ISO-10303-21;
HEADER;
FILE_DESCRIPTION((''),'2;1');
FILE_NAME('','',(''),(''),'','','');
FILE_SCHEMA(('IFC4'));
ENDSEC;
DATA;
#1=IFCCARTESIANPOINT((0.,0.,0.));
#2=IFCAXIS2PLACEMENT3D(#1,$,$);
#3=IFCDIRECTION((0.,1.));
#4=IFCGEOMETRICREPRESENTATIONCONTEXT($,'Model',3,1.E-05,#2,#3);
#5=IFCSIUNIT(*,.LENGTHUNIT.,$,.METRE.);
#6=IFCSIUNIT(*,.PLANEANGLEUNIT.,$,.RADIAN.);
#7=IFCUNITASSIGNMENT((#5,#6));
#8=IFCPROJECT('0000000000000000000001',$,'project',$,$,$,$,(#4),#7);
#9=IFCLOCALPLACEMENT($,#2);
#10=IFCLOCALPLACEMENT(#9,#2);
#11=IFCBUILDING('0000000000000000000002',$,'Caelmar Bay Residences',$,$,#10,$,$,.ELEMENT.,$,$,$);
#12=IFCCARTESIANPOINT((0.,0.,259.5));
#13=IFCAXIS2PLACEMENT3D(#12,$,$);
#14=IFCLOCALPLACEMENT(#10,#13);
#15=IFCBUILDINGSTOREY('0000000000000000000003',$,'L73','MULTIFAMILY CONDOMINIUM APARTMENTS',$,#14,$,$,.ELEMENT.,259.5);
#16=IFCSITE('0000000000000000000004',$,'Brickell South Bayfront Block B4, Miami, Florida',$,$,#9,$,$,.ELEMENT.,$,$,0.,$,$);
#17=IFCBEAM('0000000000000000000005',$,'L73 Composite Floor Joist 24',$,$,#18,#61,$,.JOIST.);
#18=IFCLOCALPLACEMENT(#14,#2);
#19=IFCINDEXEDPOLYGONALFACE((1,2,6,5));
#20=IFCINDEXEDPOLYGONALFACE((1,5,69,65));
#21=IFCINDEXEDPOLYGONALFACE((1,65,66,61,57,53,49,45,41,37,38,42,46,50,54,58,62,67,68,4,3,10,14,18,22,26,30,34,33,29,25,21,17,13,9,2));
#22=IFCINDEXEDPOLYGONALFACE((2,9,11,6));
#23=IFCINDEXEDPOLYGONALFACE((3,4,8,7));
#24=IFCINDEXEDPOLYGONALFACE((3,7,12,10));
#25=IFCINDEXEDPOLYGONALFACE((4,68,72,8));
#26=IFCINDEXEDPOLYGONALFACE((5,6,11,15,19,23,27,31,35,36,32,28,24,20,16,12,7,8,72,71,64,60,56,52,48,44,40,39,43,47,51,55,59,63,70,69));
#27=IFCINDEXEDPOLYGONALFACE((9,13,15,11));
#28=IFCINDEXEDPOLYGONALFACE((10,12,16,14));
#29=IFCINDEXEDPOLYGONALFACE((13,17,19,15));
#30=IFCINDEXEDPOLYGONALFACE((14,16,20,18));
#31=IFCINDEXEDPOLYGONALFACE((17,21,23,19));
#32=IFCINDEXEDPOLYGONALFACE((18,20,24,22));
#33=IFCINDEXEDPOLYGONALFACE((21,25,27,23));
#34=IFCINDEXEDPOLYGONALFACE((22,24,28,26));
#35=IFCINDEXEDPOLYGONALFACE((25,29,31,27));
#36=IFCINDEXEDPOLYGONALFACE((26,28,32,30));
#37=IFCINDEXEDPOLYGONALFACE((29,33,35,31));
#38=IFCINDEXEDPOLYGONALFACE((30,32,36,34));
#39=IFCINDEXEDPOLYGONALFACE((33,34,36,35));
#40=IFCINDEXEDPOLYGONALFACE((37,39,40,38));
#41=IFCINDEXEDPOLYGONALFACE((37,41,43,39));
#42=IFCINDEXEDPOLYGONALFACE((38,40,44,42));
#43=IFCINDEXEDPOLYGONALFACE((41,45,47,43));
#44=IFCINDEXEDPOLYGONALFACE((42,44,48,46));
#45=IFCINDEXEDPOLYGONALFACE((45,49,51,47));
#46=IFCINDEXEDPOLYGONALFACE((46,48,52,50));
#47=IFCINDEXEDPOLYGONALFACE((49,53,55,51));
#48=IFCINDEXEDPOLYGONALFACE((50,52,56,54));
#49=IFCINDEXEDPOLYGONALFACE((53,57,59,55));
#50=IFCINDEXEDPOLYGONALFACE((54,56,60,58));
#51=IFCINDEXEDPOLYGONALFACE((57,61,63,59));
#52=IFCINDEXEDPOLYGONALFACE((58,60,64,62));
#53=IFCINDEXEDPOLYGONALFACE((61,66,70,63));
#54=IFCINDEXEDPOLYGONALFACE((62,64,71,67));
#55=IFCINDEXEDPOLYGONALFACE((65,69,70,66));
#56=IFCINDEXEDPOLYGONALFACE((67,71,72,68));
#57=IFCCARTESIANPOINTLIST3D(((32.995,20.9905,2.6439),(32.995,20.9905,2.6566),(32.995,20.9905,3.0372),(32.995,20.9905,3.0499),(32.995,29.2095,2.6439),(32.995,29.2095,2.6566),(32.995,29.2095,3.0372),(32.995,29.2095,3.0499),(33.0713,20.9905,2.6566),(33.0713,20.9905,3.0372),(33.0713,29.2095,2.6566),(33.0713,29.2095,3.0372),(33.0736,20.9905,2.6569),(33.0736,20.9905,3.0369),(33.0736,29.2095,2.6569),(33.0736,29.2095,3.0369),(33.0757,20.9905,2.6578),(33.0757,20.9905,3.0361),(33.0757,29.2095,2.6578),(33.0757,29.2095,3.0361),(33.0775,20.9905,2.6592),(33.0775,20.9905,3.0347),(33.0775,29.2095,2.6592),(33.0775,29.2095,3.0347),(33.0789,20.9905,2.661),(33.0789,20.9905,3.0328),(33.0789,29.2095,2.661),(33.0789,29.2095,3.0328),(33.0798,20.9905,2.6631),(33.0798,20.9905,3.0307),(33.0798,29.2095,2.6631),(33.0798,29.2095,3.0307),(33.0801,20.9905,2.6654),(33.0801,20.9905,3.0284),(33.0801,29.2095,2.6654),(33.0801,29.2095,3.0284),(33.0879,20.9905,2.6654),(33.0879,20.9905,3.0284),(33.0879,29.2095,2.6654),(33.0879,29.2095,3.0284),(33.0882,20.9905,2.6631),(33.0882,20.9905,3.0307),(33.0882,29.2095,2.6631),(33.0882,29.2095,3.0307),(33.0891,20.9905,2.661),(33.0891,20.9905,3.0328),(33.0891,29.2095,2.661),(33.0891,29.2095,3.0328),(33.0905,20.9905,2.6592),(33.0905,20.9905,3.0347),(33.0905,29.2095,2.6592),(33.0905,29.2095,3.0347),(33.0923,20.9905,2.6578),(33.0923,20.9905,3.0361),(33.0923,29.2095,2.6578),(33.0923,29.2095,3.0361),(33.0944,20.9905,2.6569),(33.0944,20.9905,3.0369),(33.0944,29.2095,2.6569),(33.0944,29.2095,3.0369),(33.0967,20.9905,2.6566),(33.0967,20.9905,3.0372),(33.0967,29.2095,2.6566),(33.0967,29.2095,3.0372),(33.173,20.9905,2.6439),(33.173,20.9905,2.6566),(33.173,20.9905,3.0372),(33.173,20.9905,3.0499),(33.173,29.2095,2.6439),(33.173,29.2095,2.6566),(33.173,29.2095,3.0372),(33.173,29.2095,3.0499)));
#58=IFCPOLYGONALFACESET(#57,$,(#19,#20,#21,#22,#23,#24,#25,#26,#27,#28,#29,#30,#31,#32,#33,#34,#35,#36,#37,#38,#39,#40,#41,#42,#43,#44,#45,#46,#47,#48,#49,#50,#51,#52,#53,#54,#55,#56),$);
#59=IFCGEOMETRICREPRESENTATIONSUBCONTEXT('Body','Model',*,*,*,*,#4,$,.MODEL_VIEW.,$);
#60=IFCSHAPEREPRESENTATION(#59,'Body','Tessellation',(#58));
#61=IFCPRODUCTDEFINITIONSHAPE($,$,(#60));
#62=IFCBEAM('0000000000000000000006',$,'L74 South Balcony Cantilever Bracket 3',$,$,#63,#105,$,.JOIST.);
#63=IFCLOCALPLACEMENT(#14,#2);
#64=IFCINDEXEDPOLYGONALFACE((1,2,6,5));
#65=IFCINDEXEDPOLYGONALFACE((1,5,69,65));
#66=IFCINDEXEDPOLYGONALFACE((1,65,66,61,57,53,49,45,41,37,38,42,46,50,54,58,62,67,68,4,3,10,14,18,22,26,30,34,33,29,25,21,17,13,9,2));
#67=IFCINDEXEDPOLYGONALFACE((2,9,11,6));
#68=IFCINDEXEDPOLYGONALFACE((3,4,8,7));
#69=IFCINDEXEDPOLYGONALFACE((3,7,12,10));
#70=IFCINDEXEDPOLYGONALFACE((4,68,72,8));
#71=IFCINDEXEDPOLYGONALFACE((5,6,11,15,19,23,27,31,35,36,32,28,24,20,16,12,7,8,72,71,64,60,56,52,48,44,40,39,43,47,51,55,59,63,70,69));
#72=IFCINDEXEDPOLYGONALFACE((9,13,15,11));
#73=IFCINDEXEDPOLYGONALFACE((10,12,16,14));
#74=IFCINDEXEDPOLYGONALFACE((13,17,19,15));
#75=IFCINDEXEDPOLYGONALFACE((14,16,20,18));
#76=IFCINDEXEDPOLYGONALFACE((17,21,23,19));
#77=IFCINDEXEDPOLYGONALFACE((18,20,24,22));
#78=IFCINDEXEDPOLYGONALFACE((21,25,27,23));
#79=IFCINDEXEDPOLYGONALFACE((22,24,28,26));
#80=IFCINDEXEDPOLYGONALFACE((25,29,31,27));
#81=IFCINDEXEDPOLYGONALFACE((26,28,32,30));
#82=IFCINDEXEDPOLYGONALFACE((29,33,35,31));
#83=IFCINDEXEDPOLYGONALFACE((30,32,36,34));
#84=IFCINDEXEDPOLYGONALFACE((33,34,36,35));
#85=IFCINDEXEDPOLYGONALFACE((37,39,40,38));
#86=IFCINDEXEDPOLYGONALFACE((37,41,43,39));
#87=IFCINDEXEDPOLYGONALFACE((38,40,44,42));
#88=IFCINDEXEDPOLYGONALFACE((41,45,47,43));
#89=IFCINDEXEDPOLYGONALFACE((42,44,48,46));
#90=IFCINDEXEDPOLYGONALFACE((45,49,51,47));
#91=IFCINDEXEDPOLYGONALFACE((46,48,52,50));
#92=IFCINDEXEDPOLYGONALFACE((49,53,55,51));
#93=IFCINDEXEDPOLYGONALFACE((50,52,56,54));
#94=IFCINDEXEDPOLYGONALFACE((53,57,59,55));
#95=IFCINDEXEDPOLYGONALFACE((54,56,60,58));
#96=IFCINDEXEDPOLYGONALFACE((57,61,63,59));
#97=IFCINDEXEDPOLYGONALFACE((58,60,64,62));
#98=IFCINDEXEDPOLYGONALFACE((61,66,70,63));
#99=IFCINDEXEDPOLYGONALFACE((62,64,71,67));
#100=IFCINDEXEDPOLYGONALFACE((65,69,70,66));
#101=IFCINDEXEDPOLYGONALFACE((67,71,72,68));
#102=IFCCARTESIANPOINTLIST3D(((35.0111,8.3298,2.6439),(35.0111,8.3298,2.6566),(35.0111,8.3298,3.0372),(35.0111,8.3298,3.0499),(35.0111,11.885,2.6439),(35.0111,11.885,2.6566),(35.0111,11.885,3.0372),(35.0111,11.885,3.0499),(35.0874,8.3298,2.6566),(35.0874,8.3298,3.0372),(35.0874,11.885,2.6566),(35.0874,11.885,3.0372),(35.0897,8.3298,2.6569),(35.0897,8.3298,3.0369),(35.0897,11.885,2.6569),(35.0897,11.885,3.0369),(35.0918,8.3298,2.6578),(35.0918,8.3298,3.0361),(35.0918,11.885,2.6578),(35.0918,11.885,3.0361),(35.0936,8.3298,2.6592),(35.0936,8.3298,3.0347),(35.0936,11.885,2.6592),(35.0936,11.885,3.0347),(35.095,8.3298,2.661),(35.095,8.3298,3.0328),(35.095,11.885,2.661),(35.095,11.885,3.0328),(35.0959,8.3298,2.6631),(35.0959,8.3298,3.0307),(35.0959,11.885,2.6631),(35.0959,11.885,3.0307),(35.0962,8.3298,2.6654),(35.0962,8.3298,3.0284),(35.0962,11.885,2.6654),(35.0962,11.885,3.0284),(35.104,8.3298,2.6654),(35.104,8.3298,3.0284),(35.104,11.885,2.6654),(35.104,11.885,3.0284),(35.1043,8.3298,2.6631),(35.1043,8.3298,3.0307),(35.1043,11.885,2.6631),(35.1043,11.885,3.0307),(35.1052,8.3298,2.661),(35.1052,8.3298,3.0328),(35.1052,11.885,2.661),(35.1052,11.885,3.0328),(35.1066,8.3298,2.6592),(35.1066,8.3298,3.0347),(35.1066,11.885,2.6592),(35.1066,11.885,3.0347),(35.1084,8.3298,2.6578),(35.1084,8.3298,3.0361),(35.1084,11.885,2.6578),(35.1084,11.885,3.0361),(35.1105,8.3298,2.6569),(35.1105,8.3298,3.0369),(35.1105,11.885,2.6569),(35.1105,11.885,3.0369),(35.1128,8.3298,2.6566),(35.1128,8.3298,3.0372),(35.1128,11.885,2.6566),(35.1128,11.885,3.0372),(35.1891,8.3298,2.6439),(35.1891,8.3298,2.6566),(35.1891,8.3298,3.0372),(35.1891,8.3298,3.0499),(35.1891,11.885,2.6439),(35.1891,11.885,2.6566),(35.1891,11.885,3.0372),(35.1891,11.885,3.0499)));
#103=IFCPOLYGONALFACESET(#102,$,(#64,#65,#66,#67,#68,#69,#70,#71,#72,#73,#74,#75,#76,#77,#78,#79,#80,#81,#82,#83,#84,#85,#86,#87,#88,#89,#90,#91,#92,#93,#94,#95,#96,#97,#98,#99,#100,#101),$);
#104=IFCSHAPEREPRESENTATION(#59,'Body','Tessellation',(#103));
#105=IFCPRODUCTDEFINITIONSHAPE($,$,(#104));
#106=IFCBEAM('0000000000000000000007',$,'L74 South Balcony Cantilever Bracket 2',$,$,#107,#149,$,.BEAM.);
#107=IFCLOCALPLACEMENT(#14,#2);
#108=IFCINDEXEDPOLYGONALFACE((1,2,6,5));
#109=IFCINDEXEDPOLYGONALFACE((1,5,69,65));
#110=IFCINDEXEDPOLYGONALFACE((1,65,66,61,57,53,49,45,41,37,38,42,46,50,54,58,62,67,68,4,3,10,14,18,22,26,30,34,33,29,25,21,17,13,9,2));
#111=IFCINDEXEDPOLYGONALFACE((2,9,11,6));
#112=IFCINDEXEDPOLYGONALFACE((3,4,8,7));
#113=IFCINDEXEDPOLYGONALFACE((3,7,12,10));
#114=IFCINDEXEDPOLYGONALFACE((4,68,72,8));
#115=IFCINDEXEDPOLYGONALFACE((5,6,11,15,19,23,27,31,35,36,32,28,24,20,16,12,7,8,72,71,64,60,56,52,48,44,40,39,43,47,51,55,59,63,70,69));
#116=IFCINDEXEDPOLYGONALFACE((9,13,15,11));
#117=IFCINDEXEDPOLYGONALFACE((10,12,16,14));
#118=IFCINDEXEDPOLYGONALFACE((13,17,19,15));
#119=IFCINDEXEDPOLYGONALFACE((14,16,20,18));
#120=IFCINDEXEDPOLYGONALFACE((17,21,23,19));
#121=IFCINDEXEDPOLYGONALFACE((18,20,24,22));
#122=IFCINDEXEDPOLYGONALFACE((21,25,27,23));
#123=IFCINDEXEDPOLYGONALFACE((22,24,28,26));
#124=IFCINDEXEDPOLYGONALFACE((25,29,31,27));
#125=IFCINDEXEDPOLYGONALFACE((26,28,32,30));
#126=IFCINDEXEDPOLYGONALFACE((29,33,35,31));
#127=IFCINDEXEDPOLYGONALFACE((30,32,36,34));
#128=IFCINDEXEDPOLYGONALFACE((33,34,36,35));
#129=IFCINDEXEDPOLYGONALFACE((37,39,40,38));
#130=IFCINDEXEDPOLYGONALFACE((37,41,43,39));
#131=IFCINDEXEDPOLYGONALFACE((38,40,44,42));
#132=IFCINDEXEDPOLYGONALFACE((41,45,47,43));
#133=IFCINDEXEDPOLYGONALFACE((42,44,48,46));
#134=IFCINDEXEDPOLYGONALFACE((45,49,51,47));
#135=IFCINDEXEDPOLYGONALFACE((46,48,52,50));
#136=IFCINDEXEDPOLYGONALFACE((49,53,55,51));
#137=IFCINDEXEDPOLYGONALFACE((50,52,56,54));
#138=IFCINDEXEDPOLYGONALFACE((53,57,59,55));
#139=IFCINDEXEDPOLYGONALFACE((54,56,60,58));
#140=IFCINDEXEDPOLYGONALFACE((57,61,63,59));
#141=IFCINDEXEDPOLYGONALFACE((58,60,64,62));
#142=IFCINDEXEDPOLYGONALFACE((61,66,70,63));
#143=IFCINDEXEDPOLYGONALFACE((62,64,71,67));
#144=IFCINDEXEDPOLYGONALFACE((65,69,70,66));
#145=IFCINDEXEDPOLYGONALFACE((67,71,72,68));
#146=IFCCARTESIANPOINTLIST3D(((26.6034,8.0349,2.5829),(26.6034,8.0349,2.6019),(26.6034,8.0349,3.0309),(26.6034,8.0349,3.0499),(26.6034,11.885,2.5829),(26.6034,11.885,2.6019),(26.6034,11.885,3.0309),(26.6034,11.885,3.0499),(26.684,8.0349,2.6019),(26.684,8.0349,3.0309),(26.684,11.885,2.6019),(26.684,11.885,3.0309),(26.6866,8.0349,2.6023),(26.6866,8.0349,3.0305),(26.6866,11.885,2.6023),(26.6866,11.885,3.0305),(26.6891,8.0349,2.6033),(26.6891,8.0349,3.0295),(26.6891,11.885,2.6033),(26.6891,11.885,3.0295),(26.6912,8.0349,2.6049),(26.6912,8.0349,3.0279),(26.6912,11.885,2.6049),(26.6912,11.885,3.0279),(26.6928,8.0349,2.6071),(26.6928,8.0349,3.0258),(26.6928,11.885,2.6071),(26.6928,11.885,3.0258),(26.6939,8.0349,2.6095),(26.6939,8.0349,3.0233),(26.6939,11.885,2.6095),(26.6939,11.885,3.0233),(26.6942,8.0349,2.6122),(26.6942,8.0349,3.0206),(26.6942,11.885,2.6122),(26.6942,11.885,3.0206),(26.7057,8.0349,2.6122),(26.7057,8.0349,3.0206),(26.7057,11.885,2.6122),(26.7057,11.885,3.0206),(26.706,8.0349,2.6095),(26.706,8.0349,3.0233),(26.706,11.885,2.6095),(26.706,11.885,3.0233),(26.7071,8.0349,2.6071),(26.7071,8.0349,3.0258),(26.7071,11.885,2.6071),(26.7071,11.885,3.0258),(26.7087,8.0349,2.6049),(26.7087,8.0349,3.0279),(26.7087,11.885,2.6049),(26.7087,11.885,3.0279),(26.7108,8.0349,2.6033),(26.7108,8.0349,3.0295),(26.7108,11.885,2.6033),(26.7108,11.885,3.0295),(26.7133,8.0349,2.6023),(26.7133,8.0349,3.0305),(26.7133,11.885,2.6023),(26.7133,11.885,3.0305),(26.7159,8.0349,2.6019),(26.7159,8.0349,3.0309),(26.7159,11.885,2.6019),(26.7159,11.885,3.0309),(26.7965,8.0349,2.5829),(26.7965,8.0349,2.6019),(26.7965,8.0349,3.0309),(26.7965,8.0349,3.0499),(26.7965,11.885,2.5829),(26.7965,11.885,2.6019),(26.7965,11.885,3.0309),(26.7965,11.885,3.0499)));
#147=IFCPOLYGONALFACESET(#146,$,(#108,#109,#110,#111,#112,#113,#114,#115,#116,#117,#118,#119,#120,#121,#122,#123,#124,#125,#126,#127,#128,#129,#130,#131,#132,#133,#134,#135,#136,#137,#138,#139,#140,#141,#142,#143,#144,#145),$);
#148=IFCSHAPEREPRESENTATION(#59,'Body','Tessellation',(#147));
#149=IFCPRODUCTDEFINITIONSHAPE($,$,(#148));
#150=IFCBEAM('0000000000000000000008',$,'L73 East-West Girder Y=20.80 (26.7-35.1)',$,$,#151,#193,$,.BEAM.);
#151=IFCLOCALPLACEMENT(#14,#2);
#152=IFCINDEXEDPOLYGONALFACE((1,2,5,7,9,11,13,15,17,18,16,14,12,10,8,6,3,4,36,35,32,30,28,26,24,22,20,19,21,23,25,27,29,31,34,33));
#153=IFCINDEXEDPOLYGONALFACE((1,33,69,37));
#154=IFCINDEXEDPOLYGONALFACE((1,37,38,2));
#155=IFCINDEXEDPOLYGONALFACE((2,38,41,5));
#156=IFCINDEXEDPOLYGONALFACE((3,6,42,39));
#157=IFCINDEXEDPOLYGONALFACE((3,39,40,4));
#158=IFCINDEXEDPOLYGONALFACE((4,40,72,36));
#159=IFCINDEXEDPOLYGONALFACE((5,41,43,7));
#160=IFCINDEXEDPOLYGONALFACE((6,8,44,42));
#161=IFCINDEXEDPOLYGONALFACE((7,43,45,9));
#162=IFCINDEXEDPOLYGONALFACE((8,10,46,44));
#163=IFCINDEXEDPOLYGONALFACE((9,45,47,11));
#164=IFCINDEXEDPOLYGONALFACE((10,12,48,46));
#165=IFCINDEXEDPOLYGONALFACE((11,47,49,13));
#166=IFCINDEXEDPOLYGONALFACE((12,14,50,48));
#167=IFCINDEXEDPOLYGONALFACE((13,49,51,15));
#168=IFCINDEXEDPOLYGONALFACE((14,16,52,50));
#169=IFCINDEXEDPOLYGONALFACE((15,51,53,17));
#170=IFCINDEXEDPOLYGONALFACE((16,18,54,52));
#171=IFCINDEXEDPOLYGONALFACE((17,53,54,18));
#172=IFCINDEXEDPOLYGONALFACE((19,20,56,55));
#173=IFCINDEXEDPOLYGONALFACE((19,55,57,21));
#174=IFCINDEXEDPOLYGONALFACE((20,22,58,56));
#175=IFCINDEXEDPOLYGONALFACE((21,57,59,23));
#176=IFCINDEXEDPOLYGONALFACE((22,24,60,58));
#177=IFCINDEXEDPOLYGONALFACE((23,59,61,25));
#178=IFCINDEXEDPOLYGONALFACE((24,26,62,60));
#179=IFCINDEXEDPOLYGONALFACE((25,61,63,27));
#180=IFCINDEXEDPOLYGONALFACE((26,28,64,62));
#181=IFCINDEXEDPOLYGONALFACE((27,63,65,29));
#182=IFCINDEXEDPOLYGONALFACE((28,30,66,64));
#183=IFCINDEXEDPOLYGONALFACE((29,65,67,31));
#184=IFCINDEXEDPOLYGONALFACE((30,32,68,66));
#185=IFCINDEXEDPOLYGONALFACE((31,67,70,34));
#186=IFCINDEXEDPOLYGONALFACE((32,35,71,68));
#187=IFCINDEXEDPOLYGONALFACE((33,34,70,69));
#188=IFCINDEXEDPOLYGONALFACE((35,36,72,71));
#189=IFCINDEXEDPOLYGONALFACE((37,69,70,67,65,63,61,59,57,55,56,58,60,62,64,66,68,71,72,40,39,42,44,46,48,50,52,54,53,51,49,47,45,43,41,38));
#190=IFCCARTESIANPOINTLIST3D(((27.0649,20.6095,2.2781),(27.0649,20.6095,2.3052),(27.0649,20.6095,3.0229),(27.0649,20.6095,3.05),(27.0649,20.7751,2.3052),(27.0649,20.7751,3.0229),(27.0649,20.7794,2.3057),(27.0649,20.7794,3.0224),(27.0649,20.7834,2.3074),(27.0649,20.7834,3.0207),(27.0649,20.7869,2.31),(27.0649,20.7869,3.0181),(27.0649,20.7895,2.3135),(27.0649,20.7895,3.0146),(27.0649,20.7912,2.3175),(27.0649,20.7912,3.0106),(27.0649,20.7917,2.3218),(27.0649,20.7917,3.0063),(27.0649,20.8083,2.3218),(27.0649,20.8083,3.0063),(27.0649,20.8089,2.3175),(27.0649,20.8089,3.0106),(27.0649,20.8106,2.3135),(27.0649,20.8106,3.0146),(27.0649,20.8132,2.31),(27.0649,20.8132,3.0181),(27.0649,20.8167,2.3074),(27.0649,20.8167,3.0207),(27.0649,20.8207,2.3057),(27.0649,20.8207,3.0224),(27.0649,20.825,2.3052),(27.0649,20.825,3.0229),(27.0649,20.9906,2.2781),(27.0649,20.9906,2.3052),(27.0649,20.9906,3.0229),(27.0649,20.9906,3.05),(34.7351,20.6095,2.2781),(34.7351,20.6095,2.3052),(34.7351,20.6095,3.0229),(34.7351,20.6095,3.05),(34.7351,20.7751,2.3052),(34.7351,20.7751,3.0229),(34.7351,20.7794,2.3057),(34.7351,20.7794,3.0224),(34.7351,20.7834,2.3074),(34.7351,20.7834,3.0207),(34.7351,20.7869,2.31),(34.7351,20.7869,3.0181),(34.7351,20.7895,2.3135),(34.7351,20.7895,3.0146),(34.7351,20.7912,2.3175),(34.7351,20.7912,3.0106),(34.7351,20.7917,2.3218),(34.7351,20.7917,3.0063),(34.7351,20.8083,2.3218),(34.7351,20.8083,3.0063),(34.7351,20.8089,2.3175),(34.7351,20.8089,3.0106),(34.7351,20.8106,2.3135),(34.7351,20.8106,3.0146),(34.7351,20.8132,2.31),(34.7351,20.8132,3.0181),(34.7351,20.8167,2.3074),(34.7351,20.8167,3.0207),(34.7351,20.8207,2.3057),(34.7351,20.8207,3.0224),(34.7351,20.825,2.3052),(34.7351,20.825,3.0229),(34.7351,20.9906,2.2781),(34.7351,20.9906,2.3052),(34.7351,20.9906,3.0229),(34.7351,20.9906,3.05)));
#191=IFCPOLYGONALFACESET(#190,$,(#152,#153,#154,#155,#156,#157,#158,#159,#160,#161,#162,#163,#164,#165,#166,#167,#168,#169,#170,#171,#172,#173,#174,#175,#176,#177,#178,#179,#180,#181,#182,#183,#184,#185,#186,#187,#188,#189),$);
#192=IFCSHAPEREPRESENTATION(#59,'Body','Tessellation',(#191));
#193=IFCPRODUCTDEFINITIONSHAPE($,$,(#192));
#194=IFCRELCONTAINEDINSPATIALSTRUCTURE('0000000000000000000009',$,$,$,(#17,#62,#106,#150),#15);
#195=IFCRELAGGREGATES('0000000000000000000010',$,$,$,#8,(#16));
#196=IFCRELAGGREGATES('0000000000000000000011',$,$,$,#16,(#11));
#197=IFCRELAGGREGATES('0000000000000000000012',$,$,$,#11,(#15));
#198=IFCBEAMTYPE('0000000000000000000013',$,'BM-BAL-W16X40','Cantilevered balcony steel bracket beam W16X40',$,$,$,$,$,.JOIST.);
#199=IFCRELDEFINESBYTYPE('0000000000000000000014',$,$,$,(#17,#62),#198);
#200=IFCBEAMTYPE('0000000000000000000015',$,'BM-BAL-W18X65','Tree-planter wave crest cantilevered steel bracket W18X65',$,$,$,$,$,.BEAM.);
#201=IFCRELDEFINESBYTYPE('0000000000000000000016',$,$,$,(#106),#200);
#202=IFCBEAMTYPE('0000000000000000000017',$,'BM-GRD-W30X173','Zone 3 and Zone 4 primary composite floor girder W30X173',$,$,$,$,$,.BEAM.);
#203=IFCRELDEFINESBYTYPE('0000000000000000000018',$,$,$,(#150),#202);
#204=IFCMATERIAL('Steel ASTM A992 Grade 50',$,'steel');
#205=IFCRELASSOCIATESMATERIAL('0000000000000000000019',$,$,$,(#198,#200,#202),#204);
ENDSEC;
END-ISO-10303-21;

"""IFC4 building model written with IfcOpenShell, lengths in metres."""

from ifc_helpers import new_model, si_unit, direction, frame, origin, origin_2d, place, context, subcontext, project, spatial, i_section, extrude, material, material_profile, profile_set, type_object, element, save


model = new_model("IFC4")

# Units and contexts
model_context = context("Model", 3, precision=1e-05, world=origin(), true_north=direction((0.0, 1.0)))
body_context = subcontext(model_context, "Body", "Model", "MODEL_VIEW")
ifc_project = project(units=[si_unit("LENGTHUNIT", "METRE"), si_unit("PLANEANGLEUNIT", "RADIAN")], contexts=[model_context])

# Site, building, storey
site_placement = place(None, origin())
site = spatial("IfcSite", under=ifc_project, at=site_placement, Name="Brickell South Bayfront Block B4, Miami, Florida", CompositionType="ELEMENT", RefElevation=0.0)
building_placement = place(site_placement, origin())
building = spatial("IfcBuilding", under=site, at=building_placement, Name="Caelmar Bay Residences", CompositionType="ELEMENT")
storey_placement = place(building_placement, frame((0.0, 0.0, 259.5)))
storey = spatial("IfcBuildingStorey", under=building, at=storey_placement, Name="L73", Description="MULTIFAMILY CONDOMINIUM APARTMENTS", CompositionType="ELEMENT", Elevation=259.5)

# Beams
ifc_material_1 = material(Name="Steel ASTM A992 Grade 50", Category="steel")
ifc_material_profile_1 = material_profile(ifc_material_1, i_section(OverallWidth=0.178, OverallDepth=0.406, WebThickness=0.0078, FlangeThickness=0.0127, FilletRadius=0.0088, at=origin_2d()), Name="W16X40")
ifc_profile_set_1 = profile_set([ifc_material_profile_1], Name="Steel ASTM A992 Grade 50")
beam_type_1 = type_object("IfcBeamType", Name="BM-BAL-W16X40", Description="Cantilevered balcony steel bracket beam W16X40", PredefinedType="JOIST", material=ifc_profile_set_1)
for number, where, z_axis, x_axis, name in (
    (1, (33.084, 20.9905, 2.8469), (0.0, 1.0, 0.0), (-1.0, 0.0, 0.0), "L73 Composite Floor Joist 24"),
):
    element("IfcBeam", number, at=place(storey_placement, frame(where, z_axis=z_axis, x_axis=x_axis)), inside=storey, type_object=beam_type_1, Name=name, PredefinedType="JOIST", context=body_context, shape_type="SweptSolid", body=[
        extrude(i_section(OverallWidth=0.178, OverallDepth=0.406, WebThickness=0.0078, FlangeThickness=0.0127, FilletRadius=0.0088, at=origin_2d()), origin(), (0.0, 0.0, 1.0), 8.219),
    ])
beam_1_placement = place(storey_placement, frame((35.1001, 11.885, 2.8469), z_axis=(0.0, -1.0, 0.0), x_axis=(1.0, 0.0, 0.0)))
element("IfcBeam", 2, at=beam_1_placement, inside=storey, type_object=beam_type_1, Name="L74 South Balcony Cantilever Bracket 3", PredefinedType="JOIST", context=body_context, shape_type="SweptSolid", body=[
    extrude(i_section(OverallWidth=0.178, OverallDepth=0.406, WebThickness=0.0078, FlangeThickness=0.0127, FilletRadius=0.0088, at=origin_2d()), origin(), (0.0, 0.0, 1.0), 3.5552),
])
ifc_material_profile_2 = material_profile(ifc_material_1, i_section(OverallWidth=0.1931, OverallDepth=0.467, WebThickness=0.0115, FlangeThickness=0.019, FilletRadius=0.0103, at=origin_2d()), Name="W18X65")
ifc_profile_set_2 = profile_set([ifc_material_profile_2], Name="Steel ASTM A992 Grade 50")
beam_type_2 = type_object("IfcBeamType", Name="BM-BAL-W18X65", Description="Tree-planter wave crest cantilevered steel bracket W18X65", PredefinedType="BEAM", material=ifc_profile_set_2)
beam_2_placement = place(storey_placement, frame((26.7, 11.885, 2.8164), z_axis=(0.0, -1.0, 0.0), x_axis=(1.0, 0.0, 0.0)))
element("IfcBeam", 3, at=beam_2_placement, inside=storey, type_object=beam_type_2, Name="L74 South Balcony Cantilever Bracket 2", PredefinedType="BEAM", context=body_context, shape_type="SweptSolid", body=[
    extrude(i_section(OverallWidth=0.1931, OverallDepth=0.467, WebThickness=0.0115, FlangeThickness=0.019, FilletRadius=0.0103, at=origin_2d()), origin(), (0.0, 0.0, 1.0), 3.8501),
])
ifc_material_profile_3 = material_profile(ifc_material_1, i_section(OverallWidth=0.3811, OverallDepth=0.772, WebThickness=0.0166, FlangeThickness=0.0271, FilletRadius=0.0166, at=origin_2d()), Name="W30X173")
ifc_profile_set_3 = profile_set([ifc_material_profile_3], Name="Steel ASTM A992 Grade 50")
beam_type_3 = type_object("IfcBeamType", Name="BM-GRD-W30X173", Description="Zone 3 and Zone 4 primary composite floor girder W30X173", PredefinedType="BEAM", material=ifc_profile_set_3)
beam_3_placement = place(storey_placement, frame((27.0649, 20.8, 2.6641), z_axis=(1.0, 0.0, 0.0), x_axis=(0.0, 1.0, 0.0)))
element("IfcBeam", 4, at=beam_3_placement, inside=storey, type_object=beam_type_3, Name="L73 East-West Girder Y=20.80 (26.7-35.1)", PredefinedType="BEAM", context=body_context, shape_type="SweptSolid", body=[
    extrude(i_section(OverallWidth=0.3811, OverallDepth=0.772, WebThickness=0.0166, FlangeThickness=0.0271, FilletRadius=0.0166, at=origin_2d()), origin(), (0.0, 0.0, 1.0), 7.6702),
])

save(model, "model.ifc")
